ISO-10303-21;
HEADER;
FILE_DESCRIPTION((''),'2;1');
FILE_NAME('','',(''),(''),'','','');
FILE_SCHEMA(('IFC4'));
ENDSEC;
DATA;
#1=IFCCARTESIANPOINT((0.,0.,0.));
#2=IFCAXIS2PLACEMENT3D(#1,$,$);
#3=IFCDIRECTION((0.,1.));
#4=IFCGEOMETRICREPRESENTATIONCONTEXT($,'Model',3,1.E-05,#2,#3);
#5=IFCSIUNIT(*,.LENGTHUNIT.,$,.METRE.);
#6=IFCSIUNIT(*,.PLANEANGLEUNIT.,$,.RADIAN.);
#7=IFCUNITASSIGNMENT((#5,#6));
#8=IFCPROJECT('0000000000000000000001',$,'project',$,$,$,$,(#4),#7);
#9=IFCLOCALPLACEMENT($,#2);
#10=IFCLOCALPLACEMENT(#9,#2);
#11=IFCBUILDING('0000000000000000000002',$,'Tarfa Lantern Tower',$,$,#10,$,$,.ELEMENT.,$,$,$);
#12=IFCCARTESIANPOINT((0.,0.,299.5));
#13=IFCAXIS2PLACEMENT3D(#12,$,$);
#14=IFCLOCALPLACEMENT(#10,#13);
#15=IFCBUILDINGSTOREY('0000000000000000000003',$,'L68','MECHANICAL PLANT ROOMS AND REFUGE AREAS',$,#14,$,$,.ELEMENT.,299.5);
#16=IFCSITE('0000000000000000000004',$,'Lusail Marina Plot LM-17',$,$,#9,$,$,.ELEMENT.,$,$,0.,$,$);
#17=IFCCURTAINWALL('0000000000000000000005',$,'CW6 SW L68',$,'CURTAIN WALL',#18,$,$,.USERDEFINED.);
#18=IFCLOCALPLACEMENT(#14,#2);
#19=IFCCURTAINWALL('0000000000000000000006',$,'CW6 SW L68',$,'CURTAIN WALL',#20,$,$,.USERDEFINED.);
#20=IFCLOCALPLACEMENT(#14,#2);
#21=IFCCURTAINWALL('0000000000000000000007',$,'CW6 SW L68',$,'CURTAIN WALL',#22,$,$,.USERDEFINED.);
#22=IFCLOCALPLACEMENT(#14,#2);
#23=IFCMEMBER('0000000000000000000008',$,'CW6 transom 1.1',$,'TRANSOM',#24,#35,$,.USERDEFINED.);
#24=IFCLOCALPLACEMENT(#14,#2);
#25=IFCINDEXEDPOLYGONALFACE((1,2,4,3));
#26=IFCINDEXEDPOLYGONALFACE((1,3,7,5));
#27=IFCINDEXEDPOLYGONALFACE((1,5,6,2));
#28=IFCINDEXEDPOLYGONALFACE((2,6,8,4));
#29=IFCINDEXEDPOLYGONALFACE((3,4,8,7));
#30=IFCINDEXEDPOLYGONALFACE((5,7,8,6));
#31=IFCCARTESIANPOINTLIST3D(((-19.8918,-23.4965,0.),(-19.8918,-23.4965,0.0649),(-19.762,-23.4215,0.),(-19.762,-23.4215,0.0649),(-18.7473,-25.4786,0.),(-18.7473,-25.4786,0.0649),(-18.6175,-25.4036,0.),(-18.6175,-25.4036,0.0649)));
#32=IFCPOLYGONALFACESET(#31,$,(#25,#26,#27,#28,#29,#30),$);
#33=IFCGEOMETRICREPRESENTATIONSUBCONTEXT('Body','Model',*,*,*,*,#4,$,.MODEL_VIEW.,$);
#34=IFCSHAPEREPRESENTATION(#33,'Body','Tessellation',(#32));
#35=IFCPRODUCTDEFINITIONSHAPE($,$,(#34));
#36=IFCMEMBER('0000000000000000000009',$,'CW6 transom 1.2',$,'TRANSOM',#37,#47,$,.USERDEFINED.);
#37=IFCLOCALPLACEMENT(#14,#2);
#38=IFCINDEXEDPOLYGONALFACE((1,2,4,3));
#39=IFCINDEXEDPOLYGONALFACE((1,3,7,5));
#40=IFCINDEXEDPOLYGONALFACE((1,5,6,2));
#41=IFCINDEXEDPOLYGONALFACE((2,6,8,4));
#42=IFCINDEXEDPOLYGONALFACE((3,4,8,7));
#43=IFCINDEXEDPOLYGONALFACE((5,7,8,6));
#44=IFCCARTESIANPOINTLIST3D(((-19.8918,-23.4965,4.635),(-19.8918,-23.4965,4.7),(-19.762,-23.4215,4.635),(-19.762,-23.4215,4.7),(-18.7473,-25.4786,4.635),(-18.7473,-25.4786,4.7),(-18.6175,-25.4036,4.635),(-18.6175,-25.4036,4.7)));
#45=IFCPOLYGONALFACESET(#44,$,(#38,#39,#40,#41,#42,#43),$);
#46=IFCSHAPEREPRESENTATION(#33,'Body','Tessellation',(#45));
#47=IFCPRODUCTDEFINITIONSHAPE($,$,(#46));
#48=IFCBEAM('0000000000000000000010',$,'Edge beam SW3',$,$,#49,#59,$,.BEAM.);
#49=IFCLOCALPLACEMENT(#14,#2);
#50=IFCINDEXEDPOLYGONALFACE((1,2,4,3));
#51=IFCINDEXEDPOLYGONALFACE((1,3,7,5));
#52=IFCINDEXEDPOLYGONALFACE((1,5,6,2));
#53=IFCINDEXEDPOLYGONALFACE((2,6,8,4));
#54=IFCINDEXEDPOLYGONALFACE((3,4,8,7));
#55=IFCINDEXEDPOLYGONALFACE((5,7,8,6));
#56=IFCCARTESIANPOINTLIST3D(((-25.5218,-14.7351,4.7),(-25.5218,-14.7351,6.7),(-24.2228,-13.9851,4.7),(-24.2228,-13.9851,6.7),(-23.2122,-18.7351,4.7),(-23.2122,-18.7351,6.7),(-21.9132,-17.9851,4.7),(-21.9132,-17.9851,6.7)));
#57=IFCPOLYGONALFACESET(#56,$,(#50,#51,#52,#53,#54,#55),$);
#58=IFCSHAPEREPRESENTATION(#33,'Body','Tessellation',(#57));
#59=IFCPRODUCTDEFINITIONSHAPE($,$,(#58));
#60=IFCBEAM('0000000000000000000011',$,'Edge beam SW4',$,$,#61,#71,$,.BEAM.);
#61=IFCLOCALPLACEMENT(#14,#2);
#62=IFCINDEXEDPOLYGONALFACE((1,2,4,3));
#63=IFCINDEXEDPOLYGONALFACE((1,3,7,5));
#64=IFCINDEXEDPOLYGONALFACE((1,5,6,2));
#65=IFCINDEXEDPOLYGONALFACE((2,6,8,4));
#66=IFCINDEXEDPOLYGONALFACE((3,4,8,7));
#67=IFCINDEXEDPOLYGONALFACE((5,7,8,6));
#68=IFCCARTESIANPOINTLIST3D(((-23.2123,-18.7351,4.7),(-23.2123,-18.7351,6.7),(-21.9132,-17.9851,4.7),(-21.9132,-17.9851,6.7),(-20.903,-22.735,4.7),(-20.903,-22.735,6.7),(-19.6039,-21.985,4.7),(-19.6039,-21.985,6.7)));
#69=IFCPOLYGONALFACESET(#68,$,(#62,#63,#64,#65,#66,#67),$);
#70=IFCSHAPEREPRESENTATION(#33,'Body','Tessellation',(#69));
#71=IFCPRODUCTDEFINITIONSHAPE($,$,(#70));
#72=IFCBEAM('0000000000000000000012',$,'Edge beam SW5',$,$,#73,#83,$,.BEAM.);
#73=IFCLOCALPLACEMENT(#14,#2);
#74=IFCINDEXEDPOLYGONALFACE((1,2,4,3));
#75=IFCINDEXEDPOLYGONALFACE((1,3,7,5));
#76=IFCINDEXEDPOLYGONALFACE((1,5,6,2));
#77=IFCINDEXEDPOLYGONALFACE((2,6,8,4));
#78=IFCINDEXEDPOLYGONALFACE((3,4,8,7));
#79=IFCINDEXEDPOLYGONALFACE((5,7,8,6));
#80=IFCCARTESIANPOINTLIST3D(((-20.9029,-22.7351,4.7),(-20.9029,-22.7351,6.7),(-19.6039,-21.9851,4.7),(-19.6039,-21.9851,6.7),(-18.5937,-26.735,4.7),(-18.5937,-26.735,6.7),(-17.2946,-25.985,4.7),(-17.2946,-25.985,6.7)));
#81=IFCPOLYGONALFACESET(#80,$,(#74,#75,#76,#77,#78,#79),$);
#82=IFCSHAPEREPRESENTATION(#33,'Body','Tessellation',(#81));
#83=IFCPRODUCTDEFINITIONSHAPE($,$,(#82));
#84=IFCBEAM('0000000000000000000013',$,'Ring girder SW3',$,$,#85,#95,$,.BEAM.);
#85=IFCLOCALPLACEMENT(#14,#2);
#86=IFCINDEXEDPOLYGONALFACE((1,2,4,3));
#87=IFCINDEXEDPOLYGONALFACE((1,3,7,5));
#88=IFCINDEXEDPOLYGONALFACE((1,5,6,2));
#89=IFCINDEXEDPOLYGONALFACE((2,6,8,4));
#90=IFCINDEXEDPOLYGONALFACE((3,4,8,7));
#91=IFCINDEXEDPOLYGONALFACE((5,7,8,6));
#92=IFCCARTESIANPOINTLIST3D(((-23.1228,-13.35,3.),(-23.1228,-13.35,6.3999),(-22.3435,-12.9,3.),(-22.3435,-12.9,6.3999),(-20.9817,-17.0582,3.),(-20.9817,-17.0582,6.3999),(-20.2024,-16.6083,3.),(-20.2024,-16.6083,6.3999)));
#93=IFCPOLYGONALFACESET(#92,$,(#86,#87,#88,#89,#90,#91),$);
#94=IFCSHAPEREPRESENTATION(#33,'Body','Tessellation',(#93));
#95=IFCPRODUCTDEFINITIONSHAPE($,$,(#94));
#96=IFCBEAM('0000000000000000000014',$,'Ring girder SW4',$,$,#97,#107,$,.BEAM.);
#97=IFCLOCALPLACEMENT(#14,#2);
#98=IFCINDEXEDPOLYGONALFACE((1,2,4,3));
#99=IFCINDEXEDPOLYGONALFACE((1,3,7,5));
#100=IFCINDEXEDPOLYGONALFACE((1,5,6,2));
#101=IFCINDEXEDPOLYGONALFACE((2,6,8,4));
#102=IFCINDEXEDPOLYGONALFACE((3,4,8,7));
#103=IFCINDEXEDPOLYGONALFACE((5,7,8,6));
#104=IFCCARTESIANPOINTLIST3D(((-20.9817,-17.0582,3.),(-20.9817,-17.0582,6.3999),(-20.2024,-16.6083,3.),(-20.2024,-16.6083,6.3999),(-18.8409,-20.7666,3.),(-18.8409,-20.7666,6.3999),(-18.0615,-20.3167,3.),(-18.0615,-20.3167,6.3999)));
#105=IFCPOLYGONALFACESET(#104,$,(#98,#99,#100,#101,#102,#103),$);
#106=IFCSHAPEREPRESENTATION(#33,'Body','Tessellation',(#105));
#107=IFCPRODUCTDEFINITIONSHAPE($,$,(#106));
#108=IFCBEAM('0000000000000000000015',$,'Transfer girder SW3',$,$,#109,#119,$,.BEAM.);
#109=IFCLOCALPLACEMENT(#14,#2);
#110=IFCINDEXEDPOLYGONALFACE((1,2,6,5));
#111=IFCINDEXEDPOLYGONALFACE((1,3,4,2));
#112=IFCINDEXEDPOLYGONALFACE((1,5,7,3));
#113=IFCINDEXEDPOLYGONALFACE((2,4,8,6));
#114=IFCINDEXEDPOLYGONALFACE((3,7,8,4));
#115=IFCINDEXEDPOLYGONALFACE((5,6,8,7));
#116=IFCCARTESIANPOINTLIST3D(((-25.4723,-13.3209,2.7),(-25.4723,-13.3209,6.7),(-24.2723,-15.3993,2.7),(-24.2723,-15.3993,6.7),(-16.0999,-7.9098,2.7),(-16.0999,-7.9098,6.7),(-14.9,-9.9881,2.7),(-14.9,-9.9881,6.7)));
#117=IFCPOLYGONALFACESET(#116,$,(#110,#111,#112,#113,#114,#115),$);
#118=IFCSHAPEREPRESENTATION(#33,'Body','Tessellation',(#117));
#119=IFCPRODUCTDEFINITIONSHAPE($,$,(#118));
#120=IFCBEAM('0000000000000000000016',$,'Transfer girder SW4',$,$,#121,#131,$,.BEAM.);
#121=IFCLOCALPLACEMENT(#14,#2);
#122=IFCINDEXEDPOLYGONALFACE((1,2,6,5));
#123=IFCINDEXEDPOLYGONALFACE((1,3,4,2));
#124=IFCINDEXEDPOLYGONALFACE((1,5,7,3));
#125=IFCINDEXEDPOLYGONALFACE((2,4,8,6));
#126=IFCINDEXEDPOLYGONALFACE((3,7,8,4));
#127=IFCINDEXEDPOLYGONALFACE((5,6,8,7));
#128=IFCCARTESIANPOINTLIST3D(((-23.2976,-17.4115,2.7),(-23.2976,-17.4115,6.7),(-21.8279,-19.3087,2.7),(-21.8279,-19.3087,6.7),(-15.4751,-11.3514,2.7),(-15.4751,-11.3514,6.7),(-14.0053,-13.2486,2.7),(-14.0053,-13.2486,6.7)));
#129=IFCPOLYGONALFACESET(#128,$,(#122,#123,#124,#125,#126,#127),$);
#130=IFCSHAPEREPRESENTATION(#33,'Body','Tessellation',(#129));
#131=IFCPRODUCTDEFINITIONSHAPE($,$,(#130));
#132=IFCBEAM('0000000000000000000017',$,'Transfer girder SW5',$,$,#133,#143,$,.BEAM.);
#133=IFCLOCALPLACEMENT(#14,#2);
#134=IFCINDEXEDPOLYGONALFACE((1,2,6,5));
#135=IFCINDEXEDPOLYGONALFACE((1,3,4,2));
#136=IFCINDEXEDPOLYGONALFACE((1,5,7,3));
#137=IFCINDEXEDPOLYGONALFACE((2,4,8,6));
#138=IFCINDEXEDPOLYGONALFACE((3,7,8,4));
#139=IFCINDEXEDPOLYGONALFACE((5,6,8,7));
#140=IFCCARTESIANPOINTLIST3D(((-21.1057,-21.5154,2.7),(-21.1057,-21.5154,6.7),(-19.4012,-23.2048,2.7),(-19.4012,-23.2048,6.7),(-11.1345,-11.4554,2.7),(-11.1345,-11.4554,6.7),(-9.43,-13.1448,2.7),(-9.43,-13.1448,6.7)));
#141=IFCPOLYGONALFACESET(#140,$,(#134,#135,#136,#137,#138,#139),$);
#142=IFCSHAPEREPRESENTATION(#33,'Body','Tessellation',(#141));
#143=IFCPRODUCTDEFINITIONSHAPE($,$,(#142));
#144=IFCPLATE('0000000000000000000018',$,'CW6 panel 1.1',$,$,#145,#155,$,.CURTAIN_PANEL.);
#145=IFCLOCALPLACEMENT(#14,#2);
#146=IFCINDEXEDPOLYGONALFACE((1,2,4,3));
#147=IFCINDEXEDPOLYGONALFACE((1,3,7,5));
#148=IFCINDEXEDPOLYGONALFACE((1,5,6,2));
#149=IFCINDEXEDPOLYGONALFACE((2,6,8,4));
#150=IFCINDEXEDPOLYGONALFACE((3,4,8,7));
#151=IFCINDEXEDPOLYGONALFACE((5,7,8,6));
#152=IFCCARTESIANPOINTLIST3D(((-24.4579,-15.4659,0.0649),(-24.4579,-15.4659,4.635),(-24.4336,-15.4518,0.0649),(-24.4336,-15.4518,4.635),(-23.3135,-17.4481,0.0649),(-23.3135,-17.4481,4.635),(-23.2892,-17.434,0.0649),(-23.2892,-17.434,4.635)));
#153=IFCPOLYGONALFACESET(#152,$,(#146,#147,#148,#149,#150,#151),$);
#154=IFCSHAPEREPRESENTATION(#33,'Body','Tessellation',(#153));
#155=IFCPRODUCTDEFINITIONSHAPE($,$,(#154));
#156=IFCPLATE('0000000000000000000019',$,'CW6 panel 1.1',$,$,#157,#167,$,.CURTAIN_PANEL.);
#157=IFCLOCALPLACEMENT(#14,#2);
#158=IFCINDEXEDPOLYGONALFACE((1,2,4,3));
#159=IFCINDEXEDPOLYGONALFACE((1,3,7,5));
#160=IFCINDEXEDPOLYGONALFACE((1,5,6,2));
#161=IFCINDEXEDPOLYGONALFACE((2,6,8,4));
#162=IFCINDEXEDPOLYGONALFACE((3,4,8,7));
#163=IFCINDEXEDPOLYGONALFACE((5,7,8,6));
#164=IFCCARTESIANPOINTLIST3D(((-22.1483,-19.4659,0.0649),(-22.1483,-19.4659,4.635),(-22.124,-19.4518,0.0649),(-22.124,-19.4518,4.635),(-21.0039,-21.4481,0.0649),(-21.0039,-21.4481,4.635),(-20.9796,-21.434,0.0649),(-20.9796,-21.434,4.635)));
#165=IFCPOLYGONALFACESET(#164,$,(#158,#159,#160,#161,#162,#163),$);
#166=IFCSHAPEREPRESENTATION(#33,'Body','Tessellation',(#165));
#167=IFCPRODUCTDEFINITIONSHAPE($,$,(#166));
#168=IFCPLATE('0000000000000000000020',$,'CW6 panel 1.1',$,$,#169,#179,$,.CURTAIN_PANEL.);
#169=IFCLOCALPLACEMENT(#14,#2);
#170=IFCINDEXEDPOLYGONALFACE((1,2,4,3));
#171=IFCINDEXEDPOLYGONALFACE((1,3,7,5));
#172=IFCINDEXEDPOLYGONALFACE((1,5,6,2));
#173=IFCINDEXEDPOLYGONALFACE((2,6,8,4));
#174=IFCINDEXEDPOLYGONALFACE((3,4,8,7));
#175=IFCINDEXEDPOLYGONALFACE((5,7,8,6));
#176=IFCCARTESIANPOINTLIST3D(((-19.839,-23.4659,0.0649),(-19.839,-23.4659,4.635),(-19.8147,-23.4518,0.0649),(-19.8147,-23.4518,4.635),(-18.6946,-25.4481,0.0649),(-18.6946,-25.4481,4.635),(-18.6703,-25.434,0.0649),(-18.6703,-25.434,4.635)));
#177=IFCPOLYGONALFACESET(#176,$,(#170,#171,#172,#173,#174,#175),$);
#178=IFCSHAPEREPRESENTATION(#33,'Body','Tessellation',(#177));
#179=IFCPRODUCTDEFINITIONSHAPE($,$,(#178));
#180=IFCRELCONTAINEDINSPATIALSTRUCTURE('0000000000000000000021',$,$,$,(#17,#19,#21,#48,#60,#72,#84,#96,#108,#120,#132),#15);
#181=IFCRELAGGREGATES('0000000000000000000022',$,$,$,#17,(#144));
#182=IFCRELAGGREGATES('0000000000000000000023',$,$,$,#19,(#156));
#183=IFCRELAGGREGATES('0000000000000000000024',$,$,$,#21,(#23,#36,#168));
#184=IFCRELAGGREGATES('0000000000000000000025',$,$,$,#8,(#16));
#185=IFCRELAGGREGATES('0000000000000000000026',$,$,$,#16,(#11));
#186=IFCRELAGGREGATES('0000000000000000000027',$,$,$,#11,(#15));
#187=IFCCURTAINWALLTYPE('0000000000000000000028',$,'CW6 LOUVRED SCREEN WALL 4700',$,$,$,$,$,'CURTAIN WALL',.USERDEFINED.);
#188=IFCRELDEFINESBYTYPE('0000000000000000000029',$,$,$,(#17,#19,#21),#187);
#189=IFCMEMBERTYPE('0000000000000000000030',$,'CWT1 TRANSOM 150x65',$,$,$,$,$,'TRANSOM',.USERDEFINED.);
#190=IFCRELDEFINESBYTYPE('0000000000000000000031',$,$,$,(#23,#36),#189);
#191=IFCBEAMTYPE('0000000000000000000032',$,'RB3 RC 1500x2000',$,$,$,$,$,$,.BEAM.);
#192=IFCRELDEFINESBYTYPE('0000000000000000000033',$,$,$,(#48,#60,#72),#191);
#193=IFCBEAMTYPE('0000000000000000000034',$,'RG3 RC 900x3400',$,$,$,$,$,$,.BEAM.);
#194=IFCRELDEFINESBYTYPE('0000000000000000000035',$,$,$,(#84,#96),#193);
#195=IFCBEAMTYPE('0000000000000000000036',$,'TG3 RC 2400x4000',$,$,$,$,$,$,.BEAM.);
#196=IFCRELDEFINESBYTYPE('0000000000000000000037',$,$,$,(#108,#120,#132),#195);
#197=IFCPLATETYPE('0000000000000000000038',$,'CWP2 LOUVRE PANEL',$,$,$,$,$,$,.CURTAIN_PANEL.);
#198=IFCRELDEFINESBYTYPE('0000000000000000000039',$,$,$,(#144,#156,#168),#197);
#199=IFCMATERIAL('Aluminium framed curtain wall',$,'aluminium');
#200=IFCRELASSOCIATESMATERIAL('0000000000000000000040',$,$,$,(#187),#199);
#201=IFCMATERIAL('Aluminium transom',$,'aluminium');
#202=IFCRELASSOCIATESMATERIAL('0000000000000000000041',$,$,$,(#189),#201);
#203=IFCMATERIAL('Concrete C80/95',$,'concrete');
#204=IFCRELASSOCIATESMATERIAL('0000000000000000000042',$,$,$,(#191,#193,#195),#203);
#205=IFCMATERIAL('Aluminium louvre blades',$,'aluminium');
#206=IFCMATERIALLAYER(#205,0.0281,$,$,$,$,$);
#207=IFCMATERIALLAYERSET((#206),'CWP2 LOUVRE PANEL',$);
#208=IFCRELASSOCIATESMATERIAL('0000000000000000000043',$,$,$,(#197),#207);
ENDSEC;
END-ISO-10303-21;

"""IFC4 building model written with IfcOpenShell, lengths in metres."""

from ifc_helpers import new_model, si_unit, direction, frame, origin, origin_2d, place, context, subcontext, project, spatial, rectangle, extrude, material, layer, layer_set, material_profile, profile_set, type_object, element, aggregate, save


model = new_model("IFC4")

# Units and contexts
model_context = context("Model", 3, precision=1e-05, world=origin(), true_north=direction((0.0, 1.0)))
body_context = subcontext(model_context, "Body", "Model", "MODEL_VIEW")
ifc_project = project(units=[si_unit("LENGTHUNIT", "METRE"), si_unit("PLANEANGLEUNIT", "RADIAN")], contexts=[model_context])

# Site, building, storey
site_placement = place(None, origin())
site = spatial("IfcSite", under=ifc_project, at=site_placement, Name="Lusail Marina Plot LM-17", CompositionType="ELEMENT", RefElevation=0.0)
building_placement = place(site_placement, origin())
building = spatial("IfcBuilding", under=site, at=building_placement, Name="Tarfa Lantern Tower", CompositionType="ELEMENT")
storey_placement = place(building_placement, frame((0.0, 0.0, 299.5)))
storey = spatial("IfcBuildingStorey", under=building, at=storey_placement, Name="L68", Description="MECHANICAL PLANT ROOMS AND REFUGE AREAS", CompositionType="ELEMENT", Elevation=299.5)

# Shared definitions
ifc_material_1 = material(Name="Concrete C80/95", Category="concrete")

# Shared definitions
ifc_material_2 = material(Name="Aluminium framed curtain wall", Category="aluminium")
curtain_wall_type = type_object("IfcCurtainWallType", Name="CW6 LOUVRED SCREEN WALL 4700", ElementType="CURTAIN WALL", PredefinedType="USERDEFINED", material=ifc_material_2)

# Curtain walls
curtain_wall_1_placement = place(storey_placement, origin())
curtain_wall_1 = element("IfcCurtainWall", 1, at=curtain_wall_1_placement, inside=storey, type_object=curtain_wall_type, Name="CW6 SW L68", ObjectType="CURTAIN WALL", PredefinedType="USERDEFINED")
curtain_wall_2_placement = place(storey_placement, origin())
curtain_wall_2 = element("IfcCurtainWall", 2, at=curtain_wall_2_placement, inside=storey, type_object=curtain_wall_type, Name="CW6 SW L68", ObjectType="CURTAIN WALL", PredefinedType="USERDEFINED")

# Curtain wall
curtain_wall_3_placement = place(storey_placement, origin())
curtain_wall_3 = element("IfcCurtainWall", 3, at=curtain_wall_3_placement, inside=storey, type_object=curtain_wall_type, Name="CW6 SW L68", ObjectType="CURTAIN WALL", PredefinedType="USERDEFINED")

# Members
ifc_material_3 = material(Name="Aluminium transom", Category="aluminium")
ifc_material_profile_1 = material_profile(ifc_material_3, rectangle(XDim=0.1499, YDim=0.0649, at=origin_2d()), Name="AL TRANSOM 150x65")
ifc_profile_set_1 = profile_set([ifc_material_profile_1], Name="Aluminium transom")
member_type_1 = type_object("IfcMemberType", Name="CWT1 TRANSOM 150x65", ElementType="TRANSOM", PredefinedType="USERDEFINED", material=ifc_profile_set_1)
member_1_placement = place(storey_placement, frame((-19.8269, -23.459, 0.0325), z_axis=(0.500039, -0.866003, 0.0), x_axis=(0.866003, 0.500039, 0.0)))
member_1 = element("IfcMember", 4, at=member_1_placement, type_object=member_type_1, Name="CW6 transom 1.1", ObjectType="TRANSOM", PredefinedType="USERDEFINED", context=body_context, shape_type="SweptSolid", body=[
    extrude(rectangle(XDim=0.1499, YDim=0.0649, at=origin_2d()), origin(), (0.0, 0.0, 1.0), 2.2888),
])
member_2_placement = place(storey_placement, frame((-19.8269, -23.459, 4.6675), z_axis=(0.500039, -0.866003, 0.0), x_axis=(0.866003, 0.500039, 0.0)))
member_2 = element("IfcMember", 5, at=member_2_placement, type_object=member_type_1, Name="CW6 transom 1.2", ObjectType="TRANSOM", PredefinedType="USERDEFINED", context=body_context, shape_type="SweptSolid", body=[
    extrude(rectangle(XDim=0.1499, YDim=0.0649, at=origin_2d()), origin(), (0.0, 0.0, 1.0), 2.2888),
])

# Beams
ifc_material_profile_2 = material_profile(ifc_material_1, rectangle(XDim=1.5, YDim=2.0, at=origin_2d()), Name="RC 1500x2000")
ifc_profile_set_2 = profile_set([ifc_material_profile_2], Name="Concrete C80/95")
beam_type_1 = type_object("IfcBeamType", Name="RB3 RC 1500x2000", PredefinedType="BEAM", material=ifc_profile_set_2)
beam_1_placement = place(storey_placement, frame((-24.8723, -14.3601, 5.7), z_axis=(0.500027, -0.86601, 0.0), x_axis=(0.86601, 0.500027, 0.0)))
element("IfcBeam", 6, at=beam_1_placement, inside=storey, type_object=beam_type_1, Name="Edge beam SW3", PredefinedType="BEAM", context=body_context, shape_type="SweptSolid", body=[
    extrude(rectangle(XDim=1.5, YDim=2.0, at=origin_2d()), origin(), (0.0, 0.0, 1.0), 4.6189),
])
for number, where, z_axis, x_axis, name in (
    (7, (-22.5627, -18.3601, 5.7), (0.499988, -0.866032, 0.0), (0.866032, 0.499988, 0.0), "Edge beam SW4"),
    (8, (-20.2534, -22.3601, 5.7), (0.499988, -0.866032, 0.0), (0.866032, 0.499988, 0.0), "Edge beam SW5"),
):
    element("IfcBeam", number, at=place(storey_placement, frame(where, z_axis=z_axis, x_axis=x_axis)), inside=storey, type_object=beam_type_1, Name=name, PredefinedType="BEAM", context=body_context, shape_type="SweptSolid", body=[
        extrude(rectangle(XDim=1.5, YDim=2.0, at=origin_2d()), origin(), (0.0, 0.0, 1.0), 4.6187),
    ])
ifc_material_profile_3 = material_profile(ifc_material_1, rectangle(XDim=0.8999, YDim=3.3999, at=origin_2d()), Name="RC 900x3400")
ifc_profile_set_3 = profile_set([ifc_material_profile_3], Name="Concrete C80/95")
beam_type_2 = type_object("IfcBeamType", Name="RG3 RC 900x3400", PredefinedType="BEAM", material=ifc_profile_set_3)
for number, where, z_axis, x_axis, name in (
    (9, (-22.7332, -13.125, 4.7), (0.500027, -0.86601, 0.0), (0.86601, 0.500027, 0.0), "Ring girder SW3"),
    (10, (-20.592, -16.8333, 4.7), (0.499959, -0.866049, 0.0), (0.866049, 0.499959, 0.0), "Ring girder SW4"),
):
    element("IfcBeam", number, at=place(storey_placement, frame(where, z_axis=z_axis, x_axis=x_axis)), inside=storey, type_object=beam_type_2, Name=name, PredefinedType="BEAM", context=body_context, shape_type="SweptSolid", body=[
        extrude(rectangle(XDim=0.8999, YDim=3.3999, at=origin_2d()), origin(), (0.0, 0.0, 1.0), 4.282),
    ])
ifc_material_profile_4 = material_profile(ifc_material_1, rectangle(XDim=2.3999, YDim=4.0, at=origin_2d()), Name="RC 2400x4000")
ifc_profile_set_4 = profile_set([ifc_material_profile_4], Name="Concrete C80/95")
beam_type_3 = type_object("IfcBeamType", Name="TG3 RC 2400x4000", PredefinedType="BEAM", material=ifc_profile_set_4)
beam_2_placement = place(storey_placement, frame((-24.8723, -14.3601, 4.7), z_axis=(0.866024, 0.500002, 0.0), x_axis=(-0.500002, 0.866024, 0.0)))
element("IfcBeam", 11, at=beam_2_placement, inside=storey, type_object=beam_type_3, Name="Transfer girder SW3", PredefinedType="BEAM", context=body_context, shape_type="SweptSolid", body=[
    extrude(rectangle(XDim=2.3999, YDim=4.0, at=origin_2d()), origin(), (0.0, 0.0, 1.0), 10.8223),
])
beam_3_placement = place(storey_placement, frame((-22.5627, -18.3601, 4.7), z_axis=(0.790532, 0.612421, 0.0), x_axis=(-0.612421, 0.790532, 0.0)))
element("IfcBeam", 12, at=beam_3_placement, inside=storey, type_object=beam_type_3, Name="Transfer girder SW4", PredefinedType="BEAM", context=body_context, shape_type="SweptSolid", body=[
    extrude(rectangle(XDim=2.3999, YDim=4.0, at=origin_2d()), origin(), (0.0, 0.0, 1.0), 9.8953),
])
beam_4_placement = place(storey_placement, frame((-20.2534, -22.3601, 4.7), z_axis=(0.703963, 0.710237, 0.0), x_axis=(-0.710237, 0.703963, 0.0)))
element("IfcBeam", 13, at=beam_4_placement, inside=storey, type_object=beam_type_3, Name="Transfer girder SW5", PredefinedType="BEAM", context=body_context, shape_type="SweptSolid", body=[
    extrude(rectangle(XDim=2.3999, YDim=4.0, at=origin_2d()), origin(), (0.0, 0.0, 1.0), 14.1643),
])

# Plates
ifc_material_4 = material(Name="Aluminium louvre blades", Category="aluminium")
ifc_layer = layer(ifc_material_4, 0.0281)
ifc_layer_set = layer_set([ifc_layer], Name="CWP2 LOUVRE PANEL")
plate_type = type_object("IfcPlateType", Name="CWP2 LOUVRE PANEL", PredefinedType="CURTAIN_PANEL", material=ifc_layer_set)
plate_1_placement = place(storey_placement, frame((-23.8735, -16.45, 0.0649), z_axis=(0.0, 0.0, 1.0), x_axis=(0.5, -0.866025, 0.0)))
plate_1 = element("IfcPlate", 14, at=plate_1_placement, type_object=plate_type, Name="CW6 panel 1.1", PredefinedType="CURTAIN_PANEL", context=body_context, shape_type="SweptSolid", body=[
    extrude(rectangle(XDim=2.2888, YDim=0.0281, at=origin_2d()), origin(), (0.0, 0.0, 1.0), 4.5701),
])
aggregate(curtain_wall_1, [plate_1])
plate_2_placement = place(storey_placement, frame((-21.564, -20.45, 0.0649), z_axis=(0.0, 0.0, 1.0), x_axis=(0.5, -0.866025, 0.0)))
plate_2 = element("IfcPlate", 15, at=plate_2_placement, type_object=plate_type, Name="CW6 panel 1.1", PredefinedType="CURTAIN_PANEL", context=body_context, shape_type="SweptSolid", body=[
    extrude(rectangle(XDim=2.2888, YDim=0.0281, at=origin_2d()), origin(), (0.0, 0.0, 1.0), 4.5701),
])
aggregate(curtain_wall_2, [plate_2])
plate_3_placement = place(storey_placement, frame((-19.2546, -24.45, 0.0649), z_axis=(0.0, 0.0, 1.0), x_axis=(0.5, -0.866025, 0.0)))
plate_3 = element("IfcPlate", 16, at=plate_3_placement, type_object=plate_type, Name="CW6 panel 1.1", PredefinedType="CURTAIN_PANEL", context=body_context, shape_type="SweptSolid", body=[
    extrude(rectangle(XDim=2.2888, YDim=0.0281, at=origin_2d()), origin(), (0.0, 0.0, 1.0), 4.5701),
])
aggregate(curtain_wall_3, [member_1, member_2, plate_3])

save(model, "model.ifc")
